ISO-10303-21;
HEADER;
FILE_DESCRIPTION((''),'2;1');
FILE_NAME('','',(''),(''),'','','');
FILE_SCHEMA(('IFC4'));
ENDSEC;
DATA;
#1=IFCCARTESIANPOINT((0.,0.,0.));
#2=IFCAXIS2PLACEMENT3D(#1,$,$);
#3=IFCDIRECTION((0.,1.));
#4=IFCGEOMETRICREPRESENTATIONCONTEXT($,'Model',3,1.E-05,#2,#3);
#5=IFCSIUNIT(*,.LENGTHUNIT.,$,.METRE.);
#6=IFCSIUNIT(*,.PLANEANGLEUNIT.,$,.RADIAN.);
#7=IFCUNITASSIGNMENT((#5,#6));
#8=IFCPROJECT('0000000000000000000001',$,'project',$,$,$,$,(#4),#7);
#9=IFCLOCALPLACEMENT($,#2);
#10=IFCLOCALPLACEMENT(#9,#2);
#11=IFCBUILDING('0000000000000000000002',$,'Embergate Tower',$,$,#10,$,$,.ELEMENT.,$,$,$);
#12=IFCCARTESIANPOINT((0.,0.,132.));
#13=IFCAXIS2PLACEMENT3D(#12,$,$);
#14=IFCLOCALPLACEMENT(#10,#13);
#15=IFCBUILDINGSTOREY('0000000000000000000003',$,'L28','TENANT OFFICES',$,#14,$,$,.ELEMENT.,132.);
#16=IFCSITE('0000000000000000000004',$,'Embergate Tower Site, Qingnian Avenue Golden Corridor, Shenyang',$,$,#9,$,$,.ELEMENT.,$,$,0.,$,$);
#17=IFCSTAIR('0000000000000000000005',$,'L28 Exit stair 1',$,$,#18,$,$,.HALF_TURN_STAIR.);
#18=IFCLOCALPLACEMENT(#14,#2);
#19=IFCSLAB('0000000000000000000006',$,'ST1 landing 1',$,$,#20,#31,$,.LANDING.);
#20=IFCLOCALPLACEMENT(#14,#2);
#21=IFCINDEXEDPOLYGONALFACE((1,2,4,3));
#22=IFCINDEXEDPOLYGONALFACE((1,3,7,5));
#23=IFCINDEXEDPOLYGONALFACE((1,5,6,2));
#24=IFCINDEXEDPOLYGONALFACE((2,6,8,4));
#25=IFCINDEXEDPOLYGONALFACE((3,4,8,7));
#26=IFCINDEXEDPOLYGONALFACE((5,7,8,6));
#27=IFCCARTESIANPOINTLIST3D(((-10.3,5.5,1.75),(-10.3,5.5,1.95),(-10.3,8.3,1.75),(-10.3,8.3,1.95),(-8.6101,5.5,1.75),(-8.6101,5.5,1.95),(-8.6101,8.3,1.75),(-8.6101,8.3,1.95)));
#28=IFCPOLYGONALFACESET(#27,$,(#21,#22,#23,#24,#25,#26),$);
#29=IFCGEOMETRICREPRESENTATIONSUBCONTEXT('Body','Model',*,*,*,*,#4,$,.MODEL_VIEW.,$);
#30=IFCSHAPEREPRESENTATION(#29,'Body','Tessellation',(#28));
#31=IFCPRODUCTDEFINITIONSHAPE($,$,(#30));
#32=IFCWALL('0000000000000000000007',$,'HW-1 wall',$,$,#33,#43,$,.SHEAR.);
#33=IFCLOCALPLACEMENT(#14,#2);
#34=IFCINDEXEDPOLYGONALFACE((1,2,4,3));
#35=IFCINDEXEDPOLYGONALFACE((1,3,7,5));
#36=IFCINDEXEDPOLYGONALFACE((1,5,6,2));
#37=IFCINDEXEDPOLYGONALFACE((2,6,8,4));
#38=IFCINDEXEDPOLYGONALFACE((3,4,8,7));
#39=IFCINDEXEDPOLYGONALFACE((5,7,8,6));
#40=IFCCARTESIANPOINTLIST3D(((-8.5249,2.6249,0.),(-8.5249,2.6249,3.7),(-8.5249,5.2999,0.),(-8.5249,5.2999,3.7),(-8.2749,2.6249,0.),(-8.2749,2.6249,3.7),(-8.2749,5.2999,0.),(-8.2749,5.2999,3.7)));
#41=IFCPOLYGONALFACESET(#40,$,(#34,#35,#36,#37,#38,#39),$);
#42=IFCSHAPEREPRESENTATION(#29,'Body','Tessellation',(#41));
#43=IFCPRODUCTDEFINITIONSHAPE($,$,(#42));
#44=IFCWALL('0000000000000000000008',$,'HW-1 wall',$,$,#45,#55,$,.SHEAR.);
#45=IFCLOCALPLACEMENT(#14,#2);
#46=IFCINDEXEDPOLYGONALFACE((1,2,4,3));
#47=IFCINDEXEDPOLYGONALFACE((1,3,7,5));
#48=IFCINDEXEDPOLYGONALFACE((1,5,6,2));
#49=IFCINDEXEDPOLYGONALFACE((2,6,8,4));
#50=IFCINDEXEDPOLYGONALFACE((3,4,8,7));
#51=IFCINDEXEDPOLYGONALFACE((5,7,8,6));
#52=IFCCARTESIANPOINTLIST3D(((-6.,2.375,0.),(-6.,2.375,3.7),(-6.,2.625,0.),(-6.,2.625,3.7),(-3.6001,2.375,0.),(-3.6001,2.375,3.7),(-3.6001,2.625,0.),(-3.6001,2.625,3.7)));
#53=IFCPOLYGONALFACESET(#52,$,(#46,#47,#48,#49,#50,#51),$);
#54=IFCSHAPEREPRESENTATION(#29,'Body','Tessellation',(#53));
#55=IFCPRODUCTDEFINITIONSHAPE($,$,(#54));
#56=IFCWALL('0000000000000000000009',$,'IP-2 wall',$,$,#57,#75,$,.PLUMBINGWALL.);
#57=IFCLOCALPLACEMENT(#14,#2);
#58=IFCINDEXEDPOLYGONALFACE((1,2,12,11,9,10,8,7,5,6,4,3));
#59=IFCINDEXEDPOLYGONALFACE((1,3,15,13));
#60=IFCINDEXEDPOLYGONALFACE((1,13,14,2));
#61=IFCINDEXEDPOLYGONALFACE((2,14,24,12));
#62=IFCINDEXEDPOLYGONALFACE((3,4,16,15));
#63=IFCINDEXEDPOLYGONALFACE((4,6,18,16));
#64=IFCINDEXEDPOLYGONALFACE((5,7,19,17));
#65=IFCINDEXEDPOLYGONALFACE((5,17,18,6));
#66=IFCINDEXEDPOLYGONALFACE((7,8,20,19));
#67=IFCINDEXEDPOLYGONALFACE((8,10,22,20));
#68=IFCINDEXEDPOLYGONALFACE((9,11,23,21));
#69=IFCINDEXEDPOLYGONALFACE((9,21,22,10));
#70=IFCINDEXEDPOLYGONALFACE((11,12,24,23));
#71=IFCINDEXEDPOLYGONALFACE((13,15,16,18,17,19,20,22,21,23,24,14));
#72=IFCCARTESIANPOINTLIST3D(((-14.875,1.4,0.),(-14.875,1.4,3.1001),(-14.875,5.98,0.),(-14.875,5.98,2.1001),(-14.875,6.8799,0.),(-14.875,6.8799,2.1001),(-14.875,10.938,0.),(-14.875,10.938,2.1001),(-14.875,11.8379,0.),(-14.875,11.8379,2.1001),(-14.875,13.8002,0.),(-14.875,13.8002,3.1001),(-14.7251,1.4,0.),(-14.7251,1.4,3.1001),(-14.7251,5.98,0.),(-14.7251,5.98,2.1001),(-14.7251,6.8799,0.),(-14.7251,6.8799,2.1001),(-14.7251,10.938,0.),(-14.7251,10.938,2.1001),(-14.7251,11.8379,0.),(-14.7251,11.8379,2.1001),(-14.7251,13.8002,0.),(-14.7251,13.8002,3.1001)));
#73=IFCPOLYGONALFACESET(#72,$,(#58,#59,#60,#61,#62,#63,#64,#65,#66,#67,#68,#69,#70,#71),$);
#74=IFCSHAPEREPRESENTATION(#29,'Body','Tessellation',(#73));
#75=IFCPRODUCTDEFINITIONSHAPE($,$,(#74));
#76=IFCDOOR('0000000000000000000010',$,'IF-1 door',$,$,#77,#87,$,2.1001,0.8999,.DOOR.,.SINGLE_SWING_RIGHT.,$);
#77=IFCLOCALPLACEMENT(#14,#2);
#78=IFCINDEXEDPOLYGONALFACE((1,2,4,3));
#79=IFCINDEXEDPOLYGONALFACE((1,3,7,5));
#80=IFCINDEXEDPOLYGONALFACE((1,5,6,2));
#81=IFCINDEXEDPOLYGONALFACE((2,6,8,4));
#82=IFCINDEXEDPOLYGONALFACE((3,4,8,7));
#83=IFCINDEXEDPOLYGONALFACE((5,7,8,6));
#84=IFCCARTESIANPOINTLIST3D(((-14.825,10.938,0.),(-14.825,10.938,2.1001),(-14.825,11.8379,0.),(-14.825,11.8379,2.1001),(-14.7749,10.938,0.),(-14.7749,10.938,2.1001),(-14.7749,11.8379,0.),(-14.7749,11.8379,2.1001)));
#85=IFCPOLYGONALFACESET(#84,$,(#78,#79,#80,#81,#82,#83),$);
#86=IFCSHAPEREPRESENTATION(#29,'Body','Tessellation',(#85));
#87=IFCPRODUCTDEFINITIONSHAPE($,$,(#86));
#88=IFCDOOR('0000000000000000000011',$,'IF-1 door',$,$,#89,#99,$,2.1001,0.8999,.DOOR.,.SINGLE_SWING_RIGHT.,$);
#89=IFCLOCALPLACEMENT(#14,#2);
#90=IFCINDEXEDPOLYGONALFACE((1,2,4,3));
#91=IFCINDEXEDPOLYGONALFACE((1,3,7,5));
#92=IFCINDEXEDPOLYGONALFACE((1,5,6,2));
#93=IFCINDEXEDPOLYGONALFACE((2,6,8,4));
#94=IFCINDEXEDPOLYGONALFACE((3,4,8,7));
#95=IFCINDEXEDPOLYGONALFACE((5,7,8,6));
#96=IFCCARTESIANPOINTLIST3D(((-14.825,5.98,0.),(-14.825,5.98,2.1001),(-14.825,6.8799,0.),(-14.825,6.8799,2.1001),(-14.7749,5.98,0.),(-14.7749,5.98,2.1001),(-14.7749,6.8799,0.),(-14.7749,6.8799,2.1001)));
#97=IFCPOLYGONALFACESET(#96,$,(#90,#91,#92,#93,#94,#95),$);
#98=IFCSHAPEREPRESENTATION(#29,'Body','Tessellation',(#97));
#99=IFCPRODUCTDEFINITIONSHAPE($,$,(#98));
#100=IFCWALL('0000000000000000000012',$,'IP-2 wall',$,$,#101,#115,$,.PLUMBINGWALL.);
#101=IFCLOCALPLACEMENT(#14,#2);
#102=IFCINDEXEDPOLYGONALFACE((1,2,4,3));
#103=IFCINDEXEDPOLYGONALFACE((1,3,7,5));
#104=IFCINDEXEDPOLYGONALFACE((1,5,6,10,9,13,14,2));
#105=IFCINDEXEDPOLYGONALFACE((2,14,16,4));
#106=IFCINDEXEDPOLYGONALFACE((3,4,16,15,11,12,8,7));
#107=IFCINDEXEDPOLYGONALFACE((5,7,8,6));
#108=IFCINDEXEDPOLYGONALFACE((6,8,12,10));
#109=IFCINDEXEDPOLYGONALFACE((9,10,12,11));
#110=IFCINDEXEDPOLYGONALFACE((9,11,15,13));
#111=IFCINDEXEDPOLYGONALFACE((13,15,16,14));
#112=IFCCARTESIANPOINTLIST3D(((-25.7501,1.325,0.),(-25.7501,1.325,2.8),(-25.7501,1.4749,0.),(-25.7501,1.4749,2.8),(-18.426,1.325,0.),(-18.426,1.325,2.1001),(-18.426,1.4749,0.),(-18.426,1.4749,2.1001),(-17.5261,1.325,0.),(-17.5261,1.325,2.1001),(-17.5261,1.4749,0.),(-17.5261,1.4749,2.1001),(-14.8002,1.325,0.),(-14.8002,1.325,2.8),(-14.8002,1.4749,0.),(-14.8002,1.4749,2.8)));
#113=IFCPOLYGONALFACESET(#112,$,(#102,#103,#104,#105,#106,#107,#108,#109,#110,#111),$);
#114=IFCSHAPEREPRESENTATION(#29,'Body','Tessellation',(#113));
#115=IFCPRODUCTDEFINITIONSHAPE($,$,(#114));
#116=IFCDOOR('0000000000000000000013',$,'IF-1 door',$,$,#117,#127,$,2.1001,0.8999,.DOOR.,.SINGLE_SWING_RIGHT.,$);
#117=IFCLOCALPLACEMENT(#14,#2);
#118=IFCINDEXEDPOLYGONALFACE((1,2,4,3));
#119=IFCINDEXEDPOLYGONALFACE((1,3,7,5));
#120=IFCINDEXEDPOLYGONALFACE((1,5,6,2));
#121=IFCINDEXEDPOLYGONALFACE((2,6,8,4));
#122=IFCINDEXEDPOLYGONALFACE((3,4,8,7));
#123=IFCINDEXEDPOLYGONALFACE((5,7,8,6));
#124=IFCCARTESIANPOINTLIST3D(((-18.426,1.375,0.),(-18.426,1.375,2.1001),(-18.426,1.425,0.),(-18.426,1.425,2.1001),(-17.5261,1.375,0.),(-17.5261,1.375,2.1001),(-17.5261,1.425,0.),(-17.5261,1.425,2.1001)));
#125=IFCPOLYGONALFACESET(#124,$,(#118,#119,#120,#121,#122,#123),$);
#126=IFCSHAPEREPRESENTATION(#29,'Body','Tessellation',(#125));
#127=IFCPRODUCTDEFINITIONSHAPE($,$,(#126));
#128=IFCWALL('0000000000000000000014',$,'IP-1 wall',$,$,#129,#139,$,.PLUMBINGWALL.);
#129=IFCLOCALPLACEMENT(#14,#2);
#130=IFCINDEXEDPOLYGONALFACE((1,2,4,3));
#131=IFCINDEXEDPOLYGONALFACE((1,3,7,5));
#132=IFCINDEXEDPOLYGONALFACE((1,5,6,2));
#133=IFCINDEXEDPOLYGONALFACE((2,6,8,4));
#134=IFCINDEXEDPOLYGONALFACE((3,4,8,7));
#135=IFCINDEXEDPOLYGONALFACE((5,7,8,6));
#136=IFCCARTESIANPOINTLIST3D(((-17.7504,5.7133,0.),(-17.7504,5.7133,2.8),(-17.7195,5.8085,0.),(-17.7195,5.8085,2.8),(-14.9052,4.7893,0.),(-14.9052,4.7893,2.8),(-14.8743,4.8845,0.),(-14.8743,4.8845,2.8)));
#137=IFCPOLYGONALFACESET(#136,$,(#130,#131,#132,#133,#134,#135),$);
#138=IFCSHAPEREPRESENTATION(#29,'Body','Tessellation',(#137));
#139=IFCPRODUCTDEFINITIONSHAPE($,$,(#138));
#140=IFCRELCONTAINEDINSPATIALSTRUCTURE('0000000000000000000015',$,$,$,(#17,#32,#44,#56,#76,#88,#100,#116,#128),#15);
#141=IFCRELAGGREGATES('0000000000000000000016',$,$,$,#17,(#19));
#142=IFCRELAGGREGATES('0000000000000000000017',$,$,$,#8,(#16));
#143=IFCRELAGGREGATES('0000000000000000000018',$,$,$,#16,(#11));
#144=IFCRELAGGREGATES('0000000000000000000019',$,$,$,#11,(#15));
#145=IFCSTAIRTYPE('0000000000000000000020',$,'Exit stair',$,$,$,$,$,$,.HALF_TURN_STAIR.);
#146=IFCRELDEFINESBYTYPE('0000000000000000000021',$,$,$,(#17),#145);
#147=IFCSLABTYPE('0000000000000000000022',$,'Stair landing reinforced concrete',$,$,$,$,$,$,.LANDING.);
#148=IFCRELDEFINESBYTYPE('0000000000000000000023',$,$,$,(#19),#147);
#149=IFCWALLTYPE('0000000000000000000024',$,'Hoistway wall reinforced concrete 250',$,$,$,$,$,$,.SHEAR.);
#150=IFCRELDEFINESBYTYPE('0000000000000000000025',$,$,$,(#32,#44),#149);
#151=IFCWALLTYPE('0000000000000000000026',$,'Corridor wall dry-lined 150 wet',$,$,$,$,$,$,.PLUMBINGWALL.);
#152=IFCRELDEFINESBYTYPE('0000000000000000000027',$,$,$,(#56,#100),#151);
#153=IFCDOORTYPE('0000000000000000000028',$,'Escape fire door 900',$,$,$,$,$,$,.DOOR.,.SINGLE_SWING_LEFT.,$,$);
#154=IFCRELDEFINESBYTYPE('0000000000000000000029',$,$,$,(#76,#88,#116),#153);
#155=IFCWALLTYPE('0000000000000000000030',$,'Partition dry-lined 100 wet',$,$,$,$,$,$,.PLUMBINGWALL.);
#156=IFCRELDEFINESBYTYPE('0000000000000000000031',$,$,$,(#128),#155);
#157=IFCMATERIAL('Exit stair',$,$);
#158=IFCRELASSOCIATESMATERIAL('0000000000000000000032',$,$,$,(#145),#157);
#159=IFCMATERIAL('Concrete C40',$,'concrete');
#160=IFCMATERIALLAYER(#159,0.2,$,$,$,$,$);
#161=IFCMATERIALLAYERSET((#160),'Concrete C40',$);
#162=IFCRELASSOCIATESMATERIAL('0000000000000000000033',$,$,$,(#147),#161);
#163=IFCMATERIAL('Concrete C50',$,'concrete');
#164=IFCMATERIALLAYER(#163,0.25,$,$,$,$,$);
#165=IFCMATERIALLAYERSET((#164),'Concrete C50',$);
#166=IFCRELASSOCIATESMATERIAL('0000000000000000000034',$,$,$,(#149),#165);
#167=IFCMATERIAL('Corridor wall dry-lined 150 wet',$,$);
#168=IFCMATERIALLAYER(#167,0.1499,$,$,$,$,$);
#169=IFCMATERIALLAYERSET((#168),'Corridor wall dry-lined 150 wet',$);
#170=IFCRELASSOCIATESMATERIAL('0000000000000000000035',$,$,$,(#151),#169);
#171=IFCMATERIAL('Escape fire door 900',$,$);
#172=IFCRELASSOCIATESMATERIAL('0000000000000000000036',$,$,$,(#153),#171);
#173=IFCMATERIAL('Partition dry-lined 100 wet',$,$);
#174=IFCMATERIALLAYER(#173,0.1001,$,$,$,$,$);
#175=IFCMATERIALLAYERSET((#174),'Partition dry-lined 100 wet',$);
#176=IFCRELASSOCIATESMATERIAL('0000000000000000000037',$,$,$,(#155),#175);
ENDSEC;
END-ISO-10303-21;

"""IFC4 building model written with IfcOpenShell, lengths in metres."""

from ifc_helpers import new_model, si_unit, direction, frame, frame_2d, origin, place, context, subcontext, project, spatial, polyline, rectangle, outline, extrude, source, transform, mapped, material, layer, layer_set, type_object, element, fill, aggregate, save


model = new_model("IFC4")

# Units and contexts
model_context = context("Model", 3, precision=1e-05, world=origin(), true_north=direction((0.0, 1.0)))
body_context = subcontext(model_context, "Body", "Model", "MODEL_VIEW")
ifc_project = project(units=[si_unit("LENGTHUNIT", "METRE"), si_unit("PLANEANGLEUNIT", "RADIAN")], contexts=[model_context])

# Site, building, storey
site_placement = place(None, origin())
site = spatial("IfcSite", under=ifc_project, at=site_placement, Name="Embergate Tower Site, Qingnian Avenue Golden Corridor, Shenyang", CompositionType="ELEMENT", RefElevation=0.0)
building_placement = place(site_placement, origin())
building = spatial("IfcBuilding", under=site, at=building_placement, Name="Embergate Tower", CompositionType="ELEMENT")
storey_placement = place(building_placement, frame((0.0, 0.0, 132.0)))
storey = spatial("IfcBuildingStorey", under=building, at=storey_placement, Name="L28", Description="TENANT OFFICES", CompositionType="ELEMENT", Elevation=132.0)

# Stair, slab
ifc_material_1 = material(Name="Exit stair")
stair_type = type_object("IfcStairType", Name="Exit stair", PredefinedType="HALF_TURN_STAIR", material=ifc_material_1)
stair_placement = place(storey_placement, origin())
stair = element("IfcStair", 1, at=stair_placement, inside=storey, type_object=stair_type, Name="L28 Exit stair 1", PredefinedType="HALF_TURN_STAIR")
ifc_material_2 = material(Name="Concrete C40", Category="concrete")
ifc_layer_1 = layer(ifc_material_2, 0.2)
ifc_layer_set_1 = layer_set([ifc_layer_1], Name="Concrete C40")
slab_type = type_object("IfcSlabType", Name="Stair landing reinforced concrete", PredefinedType="LANDING", material=ifc_layer_set_1)
shared_shape_1 = source(origin(), body_context, "Body", "SweptSolid", [
    extrude(outline(polyline([(0.0, 0.0), (1.6899, 0.0), (1.6899, 2.8), (0.0, 2.8), (0.0, 0.0)])), origin(), (0.0, 0.0, 1.0), 0.2),
])
slab_placement = place(storey_placement, frame((-10.3, 5.5, 1.75)))
slab = element("IfcSlab", 2, at=slab_placement, type_object=slab_type, Name="ST1 landing 1", PredefinedType="LANDING", context=body_context, shape_type="MappedRepresentation", body=[
    mapped(shared_shape_1, transform((0.0, 0.0, 0.0))),
])

# Walls
ifc_material_3 = material(Name="Concrete C50", Category="concrete")
ifc_layer_2 = layer(ifc_material_3, 0.25)
ifc_layer_set_2 = layer_set([ifc_layer_2], Name="Concrete C50")
wall_type_1 = type_object("IfcWallType", Name="Hoistway wall reinforced concrete 250", PredefinedType="SHEAR", material=ifc_layer_set_2)
shared_shape_2 = source(origin(), body_context, "Body", "SweptSolid", [
    extrude(rectangle(XDim=2.675, YDim=0.25, at=frame_2d((1.3374, 0.0))), origin(), (0.0, 0.0, 1.0), 3.7),
])
wall_1_placement = place(storey_placement, frame((-8.3999, 2.625, 0.0), z_axis=(0.0, 0.0, 1.0), x_axis=(0.0, 1.0, 0.0)))
element("IfcWall", 3, at=wall_1_placement, inside=storey, type_object=wall_type_1, Name="HW-1 wall", PredefinedType="SHEAR", context=body_context, shape_type="MappedRepresentation", body=[
    mapped(shared_shape_2, transform((0.0, 0.0, 0.0))),
])
shared_shape_3 = source(origin(), body_context, "Body", "SweptSolid", [
    extrude(rectangle(XDim=2.3999, YDim=0.25, at=frame_2d((1.2, 0.0))), origin(), (0.0, 0.0, 1.0), 3.7),
])
wall_2_placement = place(storey_placement, frame((-6.0, 2.5, 0.0), z_axis=(0.0, 0.0, 1.0), x_axis=(1.0, 0.0, 0.0)))
element("IfcWall", 4, at=wall_2_placement, inside=storey, type_object=wall_type_1, Name="HW-1 wall", PredefinedType="SHEAR", context=body_context, shape_type="MappedRepresentation", body=[
    mapped(shared_shape_3, transform((0.0, 0.0, 0.0))),
])

# Wall, openings, doors
ifc_material_4 = material(Name="Corridor wall dry-lined 150 wet")
ifc_layer_3 = layer(ifc_material_4, 0.1499)
ifc_layer_set_3 = layer_set([ifc_layer_3], Name="Corridor wall dry-lined 150 wet")
wall_type_2 = type_object("IfcWallType", Name="Corridor wall dry-lined 150 wet", PredefinedType="PLUMBINGWALL", material=ifc_layer_set_3)
shared_shape_4 = source(origin(), body_context, "Body", "SweptSolid", [
    extrude(rectangle(XDim=12.4001, YDim=0.1499, at=frame_2d((6.2002, 0.0))), origin(), (0.0, 0.0, 1.0), 3.1001),
])
wall_3_placement = place(storey_placement, frame((-14.8, 1.3999, 0.0), z_axis=(0.0, 0.0, 1.0), x_axis=(0.0, 1.0, 0.0)))
wall_3 = element("IfcWall", 5, at=wall_3_placement, inside=storey, type_object=wall_type_2, Name="IP-2 wall", PredefinedType="PLUMBINGWALL", context=body_context, shape_type="MappedRepresentation", body=[
    mapped(shared_shape_4, transform((0.0, 0.0, 0.0))),
])
shared_shape_5 = source(origin(), body_context, "Body", "SweptSolid", [
    extrude(rectangle(XDim=0.8999, YDim=2.1001, at=frame_2d((0.45, 1.05))), frame((0.0, 0.085, 0.0), z_axis=(0.0, -1.0, 0.0), x_axis=(1.0, 0.0, 0.0)), (0.0, 0.0, 1.0), 0.1699),
])
opening_1_placement = place(wall_3_placement, frame((9.5381, 0.0, 0.0)))
opening_1 = element("IfcOpeningElement", 6, at=opening_1_placement, cuts=wall_3, PredefinedType="OPENING", context=body_context, shape_type="MappedRepresentation", body=[
    mapped(shared_shape_5, transform((0.0, 0.0, 0.0))),
])
opening_2_placement = place(wall_3_placement, frame((4.5801, 0.0, 0.0)))
opening_2 = element("IfcOpeningElement", 7, at=opening_2_placement, cuts=wall_3, PredefinedType="OPENING", context=body_context, shape_type="MappedRepresentation", body=[
    mapped(shared_shape_5, transform((0.0, 0.0, 0.0))),
])
ifc_material_5 = material(Name="Escape fire door 900")
door_type_1 = type_object("IfcDoorType", Name="Escape fire door 900", OperationType="SINGLE_SWING_LEFT", PredefinedType="DOOR", material=ifc_material_5)
shared_shape_6 = source(origin(), body_context, "Body", "SweptSolid", [
    extrude(rectangle(XDim=0.8999, YDim=2.1001, at=frame_2d((0.45, 1.05))), frame((0.0, 0.0249, 0.0), z_axis=(0.0, -1.0, 0.0), x_axis=(1.0, 0.0, 0.0)), (0.0, 0.0, 1.0), 0.05),
])
door_1_placement = place(opening_1_placement, origin())
door_1 = element("IfcDoor", 8, at=door_1_placement, inside=storey, type_object=door_type_1, Name="IF-1 door", OperationType="SINGLE_SWING_RIGHT", OverallHeight=2.1001, OverallWidth=0.8999, PredefinedType="DOOR", context=body_context, shape_type="MappedRepresentation", body=[
    mapped(shared_shape_6, transform((0.0, 0.0, 0.0))),
])
fill(opening_1, door_1)
door_2_placement = place(opening_2_placement, origin())
door_2 = element("IfcDoor", 9, at=door_2_placement, inside=storey, type_object=door_type_1, Name="IF-1 door", OperationType="SINGLE_SWING_RIGHT", OverallHeight=2.1001, OverallWidth=0.8999, PredefinedType="DOOR", context=body_context, shape_type="MappedRepresentation", body=[
    mapped(shared_shape_6, transform((0.0, 0.0, 0.0))),
])
fill(opening_2, door_2)

# Wall, opening, door
shared_shape_7 = source(origin(), body_context, "Body", "SweptSolid", [
    extrude(rectangle(XDim=10.95, YDim=0.1499, at=frame_2d((5.4751, 0.0))), origin(), (0.0, 0.0, 1.0), 2.8),
])
wall_4_placement = place(storey_placement, frame((-14.8, 1.3999, 0.0), z_axis=(0.0, 0.0, 1.0), x_axis=(-1.0, 0.0, 0.0)))
wall_4 = element("IfcWall", 10, at=wall_4_placement, inside=storey, type_object=wall_type_2, Name="IP-2 wall", PredefinedType="PLUMBINGWALL", context=body_context, shape_type="MappedRepresentation", body=[
    mapped(shared_shape_7, transform((0.0, 0.0, 0.0))),
])
opening_3_placement = place(wall_4_placement, frame((2.7261, 0.0, 0.0)))
opening_3 = element("IfcOpeningElement", 11, at=opening_3_placement, cuts=wall_4, PredefinedType="OPENING", context=body_context, shape_type="MappedRepresentation", body=[
    mapped(shared_shape_5, transform((0.0, 0.0, 0.0))),
])
door_3_placement = place(opening_3_placement, origin())
door_3 = element("IfcDoor", 12, at=door_3_placement, inside=storey, type_object=door_type_1, Name="IF-1 door", OperationType="SINGLE_SWING_RIGHT", OverallHeight=2.1001, OverallWidth=0.8999, PredefinedType="DOOR", context=body_context, shape_type="MappedRepresentation", body=[
    mapped(shared_shape_6, transform((0.0, 0.0, 0.0))),
])
fill(opening_3, door_3)

# Wall
ifc_material_6 = material(Name="Partition dry-lined 100 wet")
ifc_layer_4 = layer(ifc_material_6, 0.1001)
ifc_layer_set_4 = layer_set([ifc_layer_4], Name="Partition dry-lined 100 wet")
wall_type_3 = type_object("IfcWallType", Name="Partition dry-lined 100 wet", PredefinedType="PLUMBINGWALL", material=ifc_layer_set_4)
shared_shape_8 = source(origin(), body_context, "Body", "SweptSolid", [
    extrude(rectangle(XDim=2.9915, YDim=0.1001, at=frame_2d((1.4956, 0.0))), origin(), (0.0, 0.0, 1.0), 2.8),
])
wall_5_placement = place(storey_placement, frame((-14.8899, 4.8369, 0.0), z_axis=(0.0, 0.0, 1.0), x_axis=(-0.951095, 0.308898, 0.0)))
element("IfcWall", 13, at=wall_5_placement, inside=storey, type_object=wall_type_3, Name="IP-1 wall", PredefinedType="PLUMBINGWALL", context=body_context, shape_type="MappedRepresentation", body=[
    mapped(shared_shape_8, transform((0.0, 0.0, 0.0))),
])

aggregate(stair, [slab])

save(model, "model.ifc")
